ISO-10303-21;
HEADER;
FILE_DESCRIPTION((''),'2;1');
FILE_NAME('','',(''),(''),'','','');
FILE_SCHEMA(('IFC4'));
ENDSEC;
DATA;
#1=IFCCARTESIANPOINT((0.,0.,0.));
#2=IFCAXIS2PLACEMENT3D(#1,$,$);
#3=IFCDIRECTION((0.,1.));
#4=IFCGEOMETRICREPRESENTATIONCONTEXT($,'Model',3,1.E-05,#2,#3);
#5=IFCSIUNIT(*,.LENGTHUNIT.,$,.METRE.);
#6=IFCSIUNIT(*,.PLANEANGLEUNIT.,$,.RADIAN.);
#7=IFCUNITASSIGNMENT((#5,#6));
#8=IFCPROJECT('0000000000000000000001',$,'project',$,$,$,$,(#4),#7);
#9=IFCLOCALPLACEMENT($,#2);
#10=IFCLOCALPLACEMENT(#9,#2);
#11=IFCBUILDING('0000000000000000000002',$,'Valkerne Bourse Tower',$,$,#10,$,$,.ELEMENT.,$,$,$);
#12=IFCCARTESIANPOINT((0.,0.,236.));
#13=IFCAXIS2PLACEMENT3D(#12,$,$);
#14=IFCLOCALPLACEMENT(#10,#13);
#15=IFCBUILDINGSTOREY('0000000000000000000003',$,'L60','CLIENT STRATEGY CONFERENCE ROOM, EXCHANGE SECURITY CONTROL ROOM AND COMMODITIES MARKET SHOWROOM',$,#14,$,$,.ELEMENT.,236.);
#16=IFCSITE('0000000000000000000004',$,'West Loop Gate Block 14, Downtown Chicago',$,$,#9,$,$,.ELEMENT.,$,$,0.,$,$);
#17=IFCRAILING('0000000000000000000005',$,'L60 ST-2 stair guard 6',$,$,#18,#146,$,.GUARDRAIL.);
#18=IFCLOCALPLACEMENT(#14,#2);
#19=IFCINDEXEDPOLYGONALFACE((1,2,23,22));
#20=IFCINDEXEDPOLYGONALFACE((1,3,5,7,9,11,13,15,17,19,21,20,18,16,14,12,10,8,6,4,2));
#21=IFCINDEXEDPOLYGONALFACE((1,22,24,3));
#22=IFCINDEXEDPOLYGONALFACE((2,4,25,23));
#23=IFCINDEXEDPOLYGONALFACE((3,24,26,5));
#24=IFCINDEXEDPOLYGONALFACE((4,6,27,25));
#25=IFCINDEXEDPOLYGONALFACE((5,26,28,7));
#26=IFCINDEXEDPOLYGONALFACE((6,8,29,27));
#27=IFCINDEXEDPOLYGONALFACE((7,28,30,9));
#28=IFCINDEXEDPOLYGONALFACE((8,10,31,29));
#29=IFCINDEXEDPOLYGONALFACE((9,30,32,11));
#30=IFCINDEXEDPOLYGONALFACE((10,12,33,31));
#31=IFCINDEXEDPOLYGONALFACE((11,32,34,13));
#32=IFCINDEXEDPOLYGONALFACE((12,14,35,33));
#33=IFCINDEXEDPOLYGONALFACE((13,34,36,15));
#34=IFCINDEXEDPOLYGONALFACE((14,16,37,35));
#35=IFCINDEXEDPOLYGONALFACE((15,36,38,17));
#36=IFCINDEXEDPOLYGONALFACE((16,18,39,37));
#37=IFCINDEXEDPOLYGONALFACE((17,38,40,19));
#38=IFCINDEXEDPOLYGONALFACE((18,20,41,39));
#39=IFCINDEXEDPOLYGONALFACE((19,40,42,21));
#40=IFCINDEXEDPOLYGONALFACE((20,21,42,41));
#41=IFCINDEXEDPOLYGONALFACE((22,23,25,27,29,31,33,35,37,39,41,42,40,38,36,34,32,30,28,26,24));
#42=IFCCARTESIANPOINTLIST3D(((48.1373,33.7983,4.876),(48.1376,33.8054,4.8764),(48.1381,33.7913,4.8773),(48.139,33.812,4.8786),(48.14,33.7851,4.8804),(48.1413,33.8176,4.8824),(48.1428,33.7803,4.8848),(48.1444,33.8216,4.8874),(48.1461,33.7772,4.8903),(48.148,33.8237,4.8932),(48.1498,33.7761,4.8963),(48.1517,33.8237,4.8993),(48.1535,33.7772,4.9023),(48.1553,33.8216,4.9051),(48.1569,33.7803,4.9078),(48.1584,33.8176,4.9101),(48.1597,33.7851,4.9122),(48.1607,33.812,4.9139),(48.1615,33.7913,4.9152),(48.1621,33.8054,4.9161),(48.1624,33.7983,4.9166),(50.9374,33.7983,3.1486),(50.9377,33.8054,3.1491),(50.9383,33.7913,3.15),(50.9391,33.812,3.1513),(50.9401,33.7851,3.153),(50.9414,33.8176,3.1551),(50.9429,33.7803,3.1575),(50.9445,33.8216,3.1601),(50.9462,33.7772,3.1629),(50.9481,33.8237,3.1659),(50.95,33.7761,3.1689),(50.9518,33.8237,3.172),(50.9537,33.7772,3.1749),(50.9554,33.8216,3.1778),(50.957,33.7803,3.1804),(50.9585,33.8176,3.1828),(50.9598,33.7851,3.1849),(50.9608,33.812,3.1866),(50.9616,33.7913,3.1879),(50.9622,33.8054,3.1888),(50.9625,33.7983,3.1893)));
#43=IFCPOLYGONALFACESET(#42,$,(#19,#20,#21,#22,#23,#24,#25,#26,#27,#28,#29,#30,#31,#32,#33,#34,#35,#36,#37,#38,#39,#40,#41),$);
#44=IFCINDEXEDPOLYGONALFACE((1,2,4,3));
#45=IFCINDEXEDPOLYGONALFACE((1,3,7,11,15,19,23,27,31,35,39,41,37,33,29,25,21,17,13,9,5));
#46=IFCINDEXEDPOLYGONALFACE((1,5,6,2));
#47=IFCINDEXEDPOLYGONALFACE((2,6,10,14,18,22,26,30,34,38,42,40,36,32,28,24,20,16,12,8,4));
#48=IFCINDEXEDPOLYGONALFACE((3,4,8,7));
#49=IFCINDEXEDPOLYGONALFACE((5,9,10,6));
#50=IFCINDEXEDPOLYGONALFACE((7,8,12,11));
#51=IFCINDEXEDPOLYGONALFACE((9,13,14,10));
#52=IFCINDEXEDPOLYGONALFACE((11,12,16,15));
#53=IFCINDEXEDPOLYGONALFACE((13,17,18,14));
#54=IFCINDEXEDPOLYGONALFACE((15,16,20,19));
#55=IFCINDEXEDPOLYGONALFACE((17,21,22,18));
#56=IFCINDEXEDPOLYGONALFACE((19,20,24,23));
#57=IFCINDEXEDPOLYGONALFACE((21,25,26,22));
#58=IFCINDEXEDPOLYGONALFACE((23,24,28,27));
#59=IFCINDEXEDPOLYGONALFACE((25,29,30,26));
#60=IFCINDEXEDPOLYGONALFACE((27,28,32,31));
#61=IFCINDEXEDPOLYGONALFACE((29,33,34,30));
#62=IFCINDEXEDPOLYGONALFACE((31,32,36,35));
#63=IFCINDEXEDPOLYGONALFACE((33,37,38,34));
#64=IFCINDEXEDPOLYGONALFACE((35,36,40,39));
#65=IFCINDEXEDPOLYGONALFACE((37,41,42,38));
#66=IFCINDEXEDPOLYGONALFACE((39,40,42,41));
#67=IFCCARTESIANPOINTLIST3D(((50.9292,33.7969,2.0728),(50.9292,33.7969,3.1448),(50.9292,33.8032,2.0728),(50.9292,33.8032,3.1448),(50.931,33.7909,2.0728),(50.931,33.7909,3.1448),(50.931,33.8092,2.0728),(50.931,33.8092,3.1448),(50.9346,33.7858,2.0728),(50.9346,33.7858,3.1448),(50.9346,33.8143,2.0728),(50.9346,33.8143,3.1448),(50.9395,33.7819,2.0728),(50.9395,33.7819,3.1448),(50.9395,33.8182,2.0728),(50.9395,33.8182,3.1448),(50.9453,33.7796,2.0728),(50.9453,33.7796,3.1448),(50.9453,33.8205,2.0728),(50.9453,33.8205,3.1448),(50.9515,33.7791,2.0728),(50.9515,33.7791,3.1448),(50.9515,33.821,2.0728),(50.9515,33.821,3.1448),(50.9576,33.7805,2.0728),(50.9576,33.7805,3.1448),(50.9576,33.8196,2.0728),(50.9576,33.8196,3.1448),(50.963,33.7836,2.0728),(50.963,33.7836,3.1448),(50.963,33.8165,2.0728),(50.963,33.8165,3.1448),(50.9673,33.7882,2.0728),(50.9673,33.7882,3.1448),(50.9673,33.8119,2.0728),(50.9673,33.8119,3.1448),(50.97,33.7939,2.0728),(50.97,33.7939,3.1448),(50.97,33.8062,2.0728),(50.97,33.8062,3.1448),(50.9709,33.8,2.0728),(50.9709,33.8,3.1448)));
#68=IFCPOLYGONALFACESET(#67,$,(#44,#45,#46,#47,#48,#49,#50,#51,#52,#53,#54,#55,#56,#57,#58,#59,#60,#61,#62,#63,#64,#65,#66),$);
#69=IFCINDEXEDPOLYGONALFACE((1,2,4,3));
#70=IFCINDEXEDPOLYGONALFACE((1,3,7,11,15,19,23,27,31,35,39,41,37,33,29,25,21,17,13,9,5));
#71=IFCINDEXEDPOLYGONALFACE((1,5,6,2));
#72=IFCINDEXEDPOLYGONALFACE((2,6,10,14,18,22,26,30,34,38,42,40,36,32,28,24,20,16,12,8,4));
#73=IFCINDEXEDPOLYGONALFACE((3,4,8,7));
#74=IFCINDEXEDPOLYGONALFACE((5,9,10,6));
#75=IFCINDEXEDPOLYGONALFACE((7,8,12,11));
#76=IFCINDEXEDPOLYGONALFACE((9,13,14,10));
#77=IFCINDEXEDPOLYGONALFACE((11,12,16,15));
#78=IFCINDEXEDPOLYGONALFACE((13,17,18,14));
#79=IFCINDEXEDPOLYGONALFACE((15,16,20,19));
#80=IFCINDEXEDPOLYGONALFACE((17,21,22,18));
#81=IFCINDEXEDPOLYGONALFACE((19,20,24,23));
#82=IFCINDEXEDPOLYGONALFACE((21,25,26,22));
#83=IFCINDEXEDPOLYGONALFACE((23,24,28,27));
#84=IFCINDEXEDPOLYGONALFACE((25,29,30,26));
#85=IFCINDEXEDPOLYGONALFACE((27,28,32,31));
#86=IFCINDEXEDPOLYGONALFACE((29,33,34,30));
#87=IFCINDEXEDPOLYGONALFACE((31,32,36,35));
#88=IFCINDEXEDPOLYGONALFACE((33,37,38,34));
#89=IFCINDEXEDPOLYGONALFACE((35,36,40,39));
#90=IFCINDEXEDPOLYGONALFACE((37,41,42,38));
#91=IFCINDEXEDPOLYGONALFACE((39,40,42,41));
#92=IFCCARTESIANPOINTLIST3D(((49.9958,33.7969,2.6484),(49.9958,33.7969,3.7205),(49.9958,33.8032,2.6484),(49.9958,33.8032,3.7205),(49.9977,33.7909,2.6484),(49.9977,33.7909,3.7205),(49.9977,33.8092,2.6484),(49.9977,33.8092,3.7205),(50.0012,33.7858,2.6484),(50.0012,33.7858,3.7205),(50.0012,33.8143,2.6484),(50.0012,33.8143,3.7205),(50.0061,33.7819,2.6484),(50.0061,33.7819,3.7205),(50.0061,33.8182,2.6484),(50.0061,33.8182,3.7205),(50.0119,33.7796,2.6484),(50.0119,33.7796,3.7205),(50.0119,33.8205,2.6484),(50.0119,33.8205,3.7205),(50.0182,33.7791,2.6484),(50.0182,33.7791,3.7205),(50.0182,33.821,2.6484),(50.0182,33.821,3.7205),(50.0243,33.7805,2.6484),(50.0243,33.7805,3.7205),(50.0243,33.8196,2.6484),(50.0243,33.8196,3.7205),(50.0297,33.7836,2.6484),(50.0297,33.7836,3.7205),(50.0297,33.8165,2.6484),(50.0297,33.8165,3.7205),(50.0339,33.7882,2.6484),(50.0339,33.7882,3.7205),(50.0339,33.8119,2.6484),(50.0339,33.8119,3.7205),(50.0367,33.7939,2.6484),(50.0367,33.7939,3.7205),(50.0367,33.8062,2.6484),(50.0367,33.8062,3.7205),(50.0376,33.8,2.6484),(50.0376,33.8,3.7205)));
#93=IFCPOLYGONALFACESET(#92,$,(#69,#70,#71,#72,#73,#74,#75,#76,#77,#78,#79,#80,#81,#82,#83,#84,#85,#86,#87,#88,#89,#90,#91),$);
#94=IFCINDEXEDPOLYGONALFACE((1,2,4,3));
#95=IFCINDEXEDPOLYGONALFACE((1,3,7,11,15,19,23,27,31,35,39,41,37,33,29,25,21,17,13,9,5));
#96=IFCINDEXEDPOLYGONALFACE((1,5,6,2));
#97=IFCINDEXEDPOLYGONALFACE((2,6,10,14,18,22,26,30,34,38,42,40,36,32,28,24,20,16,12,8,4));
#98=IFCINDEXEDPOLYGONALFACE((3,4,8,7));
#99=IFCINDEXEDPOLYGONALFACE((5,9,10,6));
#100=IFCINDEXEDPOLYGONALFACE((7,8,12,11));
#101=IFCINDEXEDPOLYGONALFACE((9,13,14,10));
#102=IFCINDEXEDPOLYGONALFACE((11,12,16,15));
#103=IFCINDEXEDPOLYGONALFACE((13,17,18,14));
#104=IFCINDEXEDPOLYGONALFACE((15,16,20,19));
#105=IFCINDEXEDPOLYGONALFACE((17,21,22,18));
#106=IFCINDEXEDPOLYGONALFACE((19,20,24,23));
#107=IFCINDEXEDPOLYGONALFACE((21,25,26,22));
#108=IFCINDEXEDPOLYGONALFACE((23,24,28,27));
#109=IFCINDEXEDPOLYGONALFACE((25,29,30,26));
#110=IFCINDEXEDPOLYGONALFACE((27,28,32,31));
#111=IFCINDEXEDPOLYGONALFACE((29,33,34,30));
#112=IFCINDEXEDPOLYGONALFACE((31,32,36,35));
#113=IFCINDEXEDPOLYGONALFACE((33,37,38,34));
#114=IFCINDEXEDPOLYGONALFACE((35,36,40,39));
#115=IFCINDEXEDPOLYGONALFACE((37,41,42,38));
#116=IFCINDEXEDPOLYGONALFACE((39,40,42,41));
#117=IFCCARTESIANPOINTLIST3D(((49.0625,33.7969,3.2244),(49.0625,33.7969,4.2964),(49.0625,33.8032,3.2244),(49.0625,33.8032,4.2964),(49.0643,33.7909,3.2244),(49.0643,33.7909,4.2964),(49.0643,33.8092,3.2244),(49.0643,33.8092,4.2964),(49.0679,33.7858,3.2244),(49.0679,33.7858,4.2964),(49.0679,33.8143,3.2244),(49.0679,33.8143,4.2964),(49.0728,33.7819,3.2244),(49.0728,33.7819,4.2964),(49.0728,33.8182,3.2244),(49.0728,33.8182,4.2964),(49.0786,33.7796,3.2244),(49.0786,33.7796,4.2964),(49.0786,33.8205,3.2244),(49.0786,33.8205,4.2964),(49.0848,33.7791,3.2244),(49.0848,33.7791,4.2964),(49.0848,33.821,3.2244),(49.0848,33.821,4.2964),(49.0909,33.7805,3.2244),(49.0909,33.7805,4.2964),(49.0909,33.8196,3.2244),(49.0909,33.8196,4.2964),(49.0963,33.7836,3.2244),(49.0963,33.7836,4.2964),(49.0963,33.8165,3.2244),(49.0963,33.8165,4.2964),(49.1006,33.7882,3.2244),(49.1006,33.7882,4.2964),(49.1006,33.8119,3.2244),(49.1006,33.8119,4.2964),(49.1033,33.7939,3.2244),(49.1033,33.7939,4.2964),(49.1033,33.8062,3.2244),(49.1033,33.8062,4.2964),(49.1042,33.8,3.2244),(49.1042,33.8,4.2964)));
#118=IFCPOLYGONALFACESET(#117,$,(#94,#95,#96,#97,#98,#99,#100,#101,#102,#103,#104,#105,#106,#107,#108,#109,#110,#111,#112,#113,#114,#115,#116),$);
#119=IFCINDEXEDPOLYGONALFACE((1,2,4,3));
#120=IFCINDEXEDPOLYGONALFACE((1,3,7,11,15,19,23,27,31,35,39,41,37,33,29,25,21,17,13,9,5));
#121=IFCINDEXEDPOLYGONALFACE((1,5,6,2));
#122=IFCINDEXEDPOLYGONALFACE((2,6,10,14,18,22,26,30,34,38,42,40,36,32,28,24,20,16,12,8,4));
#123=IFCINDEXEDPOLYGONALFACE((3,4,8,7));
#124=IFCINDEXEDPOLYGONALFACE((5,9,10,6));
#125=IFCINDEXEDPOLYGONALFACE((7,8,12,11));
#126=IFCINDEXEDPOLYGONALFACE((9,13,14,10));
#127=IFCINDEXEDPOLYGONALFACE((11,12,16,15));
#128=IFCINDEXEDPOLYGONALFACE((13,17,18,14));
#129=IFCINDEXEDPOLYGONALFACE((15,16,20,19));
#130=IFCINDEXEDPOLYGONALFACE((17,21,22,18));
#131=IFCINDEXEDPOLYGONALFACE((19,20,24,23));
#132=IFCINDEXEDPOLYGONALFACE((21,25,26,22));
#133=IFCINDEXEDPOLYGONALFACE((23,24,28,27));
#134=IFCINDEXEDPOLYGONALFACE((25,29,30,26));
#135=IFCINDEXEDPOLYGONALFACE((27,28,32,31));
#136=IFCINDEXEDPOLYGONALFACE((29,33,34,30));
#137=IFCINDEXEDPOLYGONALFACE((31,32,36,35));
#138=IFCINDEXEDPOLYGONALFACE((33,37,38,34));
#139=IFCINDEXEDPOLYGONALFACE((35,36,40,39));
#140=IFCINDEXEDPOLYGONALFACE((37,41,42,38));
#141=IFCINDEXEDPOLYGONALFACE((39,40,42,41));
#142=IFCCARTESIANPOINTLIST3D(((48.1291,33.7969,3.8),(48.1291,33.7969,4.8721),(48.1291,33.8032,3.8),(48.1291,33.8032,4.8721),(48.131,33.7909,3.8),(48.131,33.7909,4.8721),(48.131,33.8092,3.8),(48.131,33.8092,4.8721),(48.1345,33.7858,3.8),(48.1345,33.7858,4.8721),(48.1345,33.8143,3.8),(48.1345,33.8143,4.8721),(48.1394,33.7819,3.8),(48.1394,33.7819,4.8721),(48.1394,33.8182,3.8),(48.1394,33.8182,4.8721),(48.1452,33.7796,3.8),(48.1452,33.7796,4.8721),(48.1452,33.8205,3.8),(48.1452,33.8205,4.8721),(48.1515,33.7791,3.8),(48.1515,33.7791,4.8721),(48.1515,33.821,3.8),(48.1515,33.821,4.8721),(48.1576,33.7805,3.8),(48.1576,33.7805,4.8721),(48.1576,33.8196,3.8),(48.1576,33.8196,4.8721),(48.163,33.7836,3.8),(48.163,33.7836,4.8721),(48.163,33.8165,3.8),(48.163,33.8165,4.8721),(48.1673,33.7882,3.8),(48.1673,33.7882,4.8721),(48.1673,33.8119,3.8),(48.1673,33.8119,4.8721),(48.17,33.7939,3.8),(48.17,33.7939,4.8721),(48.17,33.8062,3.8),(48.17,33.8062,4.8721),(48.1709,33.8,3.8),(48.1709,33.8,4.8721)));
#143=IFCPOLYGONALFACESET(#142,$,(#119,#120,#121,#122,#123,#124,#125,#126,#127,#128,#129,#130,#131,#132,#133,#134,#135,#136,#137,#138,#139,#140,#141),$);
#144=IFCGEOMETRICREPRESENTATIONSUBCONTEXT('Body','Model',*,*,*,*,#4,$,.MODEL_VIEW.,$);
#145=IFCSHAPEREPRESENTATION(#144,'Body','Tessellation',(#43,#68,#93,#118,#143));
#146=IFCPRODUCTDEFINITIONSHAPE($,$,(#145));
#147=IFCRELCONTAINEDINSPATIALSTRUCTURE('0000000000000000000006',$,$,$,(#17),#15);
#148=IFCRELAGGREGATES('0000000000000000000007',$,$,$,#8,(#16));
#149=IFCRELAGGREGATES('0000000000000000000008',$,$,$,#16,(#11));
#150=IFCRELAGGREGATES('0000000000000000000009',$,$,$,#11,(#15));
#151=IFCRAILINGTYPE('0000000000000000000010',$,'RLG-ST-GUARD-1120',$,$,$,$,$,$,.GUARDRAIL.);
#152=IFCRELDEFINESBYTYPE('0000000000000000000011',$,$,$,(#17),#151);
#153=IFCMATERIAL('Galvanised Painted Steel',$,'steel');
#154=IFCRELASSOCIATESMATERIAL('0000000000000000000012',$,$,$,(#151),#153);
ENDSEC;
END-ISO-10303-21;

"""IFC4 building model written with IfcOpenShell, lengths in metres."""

from ifc_helpers import new_model, si_unit, direction, frame, origin, origin_2d, place, context, subcontext, project, spatial, circle, extrude, material, type_object, element, save


model = new_model("IFC4")

# Units and contexts
model_context = context("Model", 3, precision=1e-05, world=origin(), true_north=direction((0.0, 1.0)))
body_context = subcontext(model_context, "Body", "Model", "MODEL_VIEW")
ifc_project = project(units=[si_unit("LENGTHUNIT", "METRE"), si_unit("PLANEANGLEUNIT", "RADIAN")], contexts=[model_context])

# Site, building, storey
site_placement = place(None, origin())
site = spatial("IfcSite", under=ifc_project, at=site_placement, Name="West Loop Gate Block 14, Downtown Chicago", CompositionType="ELEMENT", RefElevation=0.0)
building_placement = place(site_placement, origin())
building = spatial("IfcBuilding", under=site, at=building_placement, Name="Valkerne Bourse Tower", CompositionType="ELEMENT")
storey_placement = place(building_placement, frame((0.0, 0.0, 236.0)))
storey = spatial("IfcBuildingStorey", under=building, at=storey_placement, Name="L60", Description="CLIENT STRATEGY CONFERENCE ROOM, EXCHANGE SECURITY CONTROL ROOM AND COMMODITIES MARKET SHOWROOM", CompositionType="ELEMENT", Elevation=236.0)

# Shared definitions
ifc_material_1 = material(Name="Galvanised Painted Steel", Category="steel")

# Railing
railing_type_1 = type_object("IfcRailingType", Name="RLG-ST-GUARD-1120", PredefinedType="GUARDRAIL", material=ifc_material_1)
railing_1_placement = place(storey_placement, frame((50.95, 33.8, 2.0728)))
element("IfcRailing", 1, at=railing_1_placement, inside=storey, type_object=railing_type_1, Name="L60 ST-2 stair guard 6", PredefinedType="GUARDRAIL", context=body_context, shape_type="SweptSolid", body=[
    extrude(circle(Radius=0.0239, at=origin_2d()), frame((0.0, 0.0, 1.0962), z_axis=(-0.85109, 0.0, 0.52502), x_axis=(0.0, -1.0, 0.0)), (0.0, 0.0, 1.0), 3.29),
    extrude(circle(Radius=0.021, at=origin_2d()), origin(), (0.0, 0.0, 1.0), 1.072),
    extrude(circle(Radius=0.021, at=origin_2d()), frame((-0.9333, 0.0, 0.5757)), (0.0, 0.0, 1.0), 1.072),
    extrude(circle(Radius=0.021, at=origin_2d()), frame((-1.8667, 0.0, 1.1516)), (0.0, 0.0, 1.0), 1.072),
    extrude(circle(Radius=0.021, at=origin_2d()), frame((-2.8, 0.0, 1.7273)), (0.0, 0.0, 1.0), 1.072),
])

save(model, "model.ifc")
